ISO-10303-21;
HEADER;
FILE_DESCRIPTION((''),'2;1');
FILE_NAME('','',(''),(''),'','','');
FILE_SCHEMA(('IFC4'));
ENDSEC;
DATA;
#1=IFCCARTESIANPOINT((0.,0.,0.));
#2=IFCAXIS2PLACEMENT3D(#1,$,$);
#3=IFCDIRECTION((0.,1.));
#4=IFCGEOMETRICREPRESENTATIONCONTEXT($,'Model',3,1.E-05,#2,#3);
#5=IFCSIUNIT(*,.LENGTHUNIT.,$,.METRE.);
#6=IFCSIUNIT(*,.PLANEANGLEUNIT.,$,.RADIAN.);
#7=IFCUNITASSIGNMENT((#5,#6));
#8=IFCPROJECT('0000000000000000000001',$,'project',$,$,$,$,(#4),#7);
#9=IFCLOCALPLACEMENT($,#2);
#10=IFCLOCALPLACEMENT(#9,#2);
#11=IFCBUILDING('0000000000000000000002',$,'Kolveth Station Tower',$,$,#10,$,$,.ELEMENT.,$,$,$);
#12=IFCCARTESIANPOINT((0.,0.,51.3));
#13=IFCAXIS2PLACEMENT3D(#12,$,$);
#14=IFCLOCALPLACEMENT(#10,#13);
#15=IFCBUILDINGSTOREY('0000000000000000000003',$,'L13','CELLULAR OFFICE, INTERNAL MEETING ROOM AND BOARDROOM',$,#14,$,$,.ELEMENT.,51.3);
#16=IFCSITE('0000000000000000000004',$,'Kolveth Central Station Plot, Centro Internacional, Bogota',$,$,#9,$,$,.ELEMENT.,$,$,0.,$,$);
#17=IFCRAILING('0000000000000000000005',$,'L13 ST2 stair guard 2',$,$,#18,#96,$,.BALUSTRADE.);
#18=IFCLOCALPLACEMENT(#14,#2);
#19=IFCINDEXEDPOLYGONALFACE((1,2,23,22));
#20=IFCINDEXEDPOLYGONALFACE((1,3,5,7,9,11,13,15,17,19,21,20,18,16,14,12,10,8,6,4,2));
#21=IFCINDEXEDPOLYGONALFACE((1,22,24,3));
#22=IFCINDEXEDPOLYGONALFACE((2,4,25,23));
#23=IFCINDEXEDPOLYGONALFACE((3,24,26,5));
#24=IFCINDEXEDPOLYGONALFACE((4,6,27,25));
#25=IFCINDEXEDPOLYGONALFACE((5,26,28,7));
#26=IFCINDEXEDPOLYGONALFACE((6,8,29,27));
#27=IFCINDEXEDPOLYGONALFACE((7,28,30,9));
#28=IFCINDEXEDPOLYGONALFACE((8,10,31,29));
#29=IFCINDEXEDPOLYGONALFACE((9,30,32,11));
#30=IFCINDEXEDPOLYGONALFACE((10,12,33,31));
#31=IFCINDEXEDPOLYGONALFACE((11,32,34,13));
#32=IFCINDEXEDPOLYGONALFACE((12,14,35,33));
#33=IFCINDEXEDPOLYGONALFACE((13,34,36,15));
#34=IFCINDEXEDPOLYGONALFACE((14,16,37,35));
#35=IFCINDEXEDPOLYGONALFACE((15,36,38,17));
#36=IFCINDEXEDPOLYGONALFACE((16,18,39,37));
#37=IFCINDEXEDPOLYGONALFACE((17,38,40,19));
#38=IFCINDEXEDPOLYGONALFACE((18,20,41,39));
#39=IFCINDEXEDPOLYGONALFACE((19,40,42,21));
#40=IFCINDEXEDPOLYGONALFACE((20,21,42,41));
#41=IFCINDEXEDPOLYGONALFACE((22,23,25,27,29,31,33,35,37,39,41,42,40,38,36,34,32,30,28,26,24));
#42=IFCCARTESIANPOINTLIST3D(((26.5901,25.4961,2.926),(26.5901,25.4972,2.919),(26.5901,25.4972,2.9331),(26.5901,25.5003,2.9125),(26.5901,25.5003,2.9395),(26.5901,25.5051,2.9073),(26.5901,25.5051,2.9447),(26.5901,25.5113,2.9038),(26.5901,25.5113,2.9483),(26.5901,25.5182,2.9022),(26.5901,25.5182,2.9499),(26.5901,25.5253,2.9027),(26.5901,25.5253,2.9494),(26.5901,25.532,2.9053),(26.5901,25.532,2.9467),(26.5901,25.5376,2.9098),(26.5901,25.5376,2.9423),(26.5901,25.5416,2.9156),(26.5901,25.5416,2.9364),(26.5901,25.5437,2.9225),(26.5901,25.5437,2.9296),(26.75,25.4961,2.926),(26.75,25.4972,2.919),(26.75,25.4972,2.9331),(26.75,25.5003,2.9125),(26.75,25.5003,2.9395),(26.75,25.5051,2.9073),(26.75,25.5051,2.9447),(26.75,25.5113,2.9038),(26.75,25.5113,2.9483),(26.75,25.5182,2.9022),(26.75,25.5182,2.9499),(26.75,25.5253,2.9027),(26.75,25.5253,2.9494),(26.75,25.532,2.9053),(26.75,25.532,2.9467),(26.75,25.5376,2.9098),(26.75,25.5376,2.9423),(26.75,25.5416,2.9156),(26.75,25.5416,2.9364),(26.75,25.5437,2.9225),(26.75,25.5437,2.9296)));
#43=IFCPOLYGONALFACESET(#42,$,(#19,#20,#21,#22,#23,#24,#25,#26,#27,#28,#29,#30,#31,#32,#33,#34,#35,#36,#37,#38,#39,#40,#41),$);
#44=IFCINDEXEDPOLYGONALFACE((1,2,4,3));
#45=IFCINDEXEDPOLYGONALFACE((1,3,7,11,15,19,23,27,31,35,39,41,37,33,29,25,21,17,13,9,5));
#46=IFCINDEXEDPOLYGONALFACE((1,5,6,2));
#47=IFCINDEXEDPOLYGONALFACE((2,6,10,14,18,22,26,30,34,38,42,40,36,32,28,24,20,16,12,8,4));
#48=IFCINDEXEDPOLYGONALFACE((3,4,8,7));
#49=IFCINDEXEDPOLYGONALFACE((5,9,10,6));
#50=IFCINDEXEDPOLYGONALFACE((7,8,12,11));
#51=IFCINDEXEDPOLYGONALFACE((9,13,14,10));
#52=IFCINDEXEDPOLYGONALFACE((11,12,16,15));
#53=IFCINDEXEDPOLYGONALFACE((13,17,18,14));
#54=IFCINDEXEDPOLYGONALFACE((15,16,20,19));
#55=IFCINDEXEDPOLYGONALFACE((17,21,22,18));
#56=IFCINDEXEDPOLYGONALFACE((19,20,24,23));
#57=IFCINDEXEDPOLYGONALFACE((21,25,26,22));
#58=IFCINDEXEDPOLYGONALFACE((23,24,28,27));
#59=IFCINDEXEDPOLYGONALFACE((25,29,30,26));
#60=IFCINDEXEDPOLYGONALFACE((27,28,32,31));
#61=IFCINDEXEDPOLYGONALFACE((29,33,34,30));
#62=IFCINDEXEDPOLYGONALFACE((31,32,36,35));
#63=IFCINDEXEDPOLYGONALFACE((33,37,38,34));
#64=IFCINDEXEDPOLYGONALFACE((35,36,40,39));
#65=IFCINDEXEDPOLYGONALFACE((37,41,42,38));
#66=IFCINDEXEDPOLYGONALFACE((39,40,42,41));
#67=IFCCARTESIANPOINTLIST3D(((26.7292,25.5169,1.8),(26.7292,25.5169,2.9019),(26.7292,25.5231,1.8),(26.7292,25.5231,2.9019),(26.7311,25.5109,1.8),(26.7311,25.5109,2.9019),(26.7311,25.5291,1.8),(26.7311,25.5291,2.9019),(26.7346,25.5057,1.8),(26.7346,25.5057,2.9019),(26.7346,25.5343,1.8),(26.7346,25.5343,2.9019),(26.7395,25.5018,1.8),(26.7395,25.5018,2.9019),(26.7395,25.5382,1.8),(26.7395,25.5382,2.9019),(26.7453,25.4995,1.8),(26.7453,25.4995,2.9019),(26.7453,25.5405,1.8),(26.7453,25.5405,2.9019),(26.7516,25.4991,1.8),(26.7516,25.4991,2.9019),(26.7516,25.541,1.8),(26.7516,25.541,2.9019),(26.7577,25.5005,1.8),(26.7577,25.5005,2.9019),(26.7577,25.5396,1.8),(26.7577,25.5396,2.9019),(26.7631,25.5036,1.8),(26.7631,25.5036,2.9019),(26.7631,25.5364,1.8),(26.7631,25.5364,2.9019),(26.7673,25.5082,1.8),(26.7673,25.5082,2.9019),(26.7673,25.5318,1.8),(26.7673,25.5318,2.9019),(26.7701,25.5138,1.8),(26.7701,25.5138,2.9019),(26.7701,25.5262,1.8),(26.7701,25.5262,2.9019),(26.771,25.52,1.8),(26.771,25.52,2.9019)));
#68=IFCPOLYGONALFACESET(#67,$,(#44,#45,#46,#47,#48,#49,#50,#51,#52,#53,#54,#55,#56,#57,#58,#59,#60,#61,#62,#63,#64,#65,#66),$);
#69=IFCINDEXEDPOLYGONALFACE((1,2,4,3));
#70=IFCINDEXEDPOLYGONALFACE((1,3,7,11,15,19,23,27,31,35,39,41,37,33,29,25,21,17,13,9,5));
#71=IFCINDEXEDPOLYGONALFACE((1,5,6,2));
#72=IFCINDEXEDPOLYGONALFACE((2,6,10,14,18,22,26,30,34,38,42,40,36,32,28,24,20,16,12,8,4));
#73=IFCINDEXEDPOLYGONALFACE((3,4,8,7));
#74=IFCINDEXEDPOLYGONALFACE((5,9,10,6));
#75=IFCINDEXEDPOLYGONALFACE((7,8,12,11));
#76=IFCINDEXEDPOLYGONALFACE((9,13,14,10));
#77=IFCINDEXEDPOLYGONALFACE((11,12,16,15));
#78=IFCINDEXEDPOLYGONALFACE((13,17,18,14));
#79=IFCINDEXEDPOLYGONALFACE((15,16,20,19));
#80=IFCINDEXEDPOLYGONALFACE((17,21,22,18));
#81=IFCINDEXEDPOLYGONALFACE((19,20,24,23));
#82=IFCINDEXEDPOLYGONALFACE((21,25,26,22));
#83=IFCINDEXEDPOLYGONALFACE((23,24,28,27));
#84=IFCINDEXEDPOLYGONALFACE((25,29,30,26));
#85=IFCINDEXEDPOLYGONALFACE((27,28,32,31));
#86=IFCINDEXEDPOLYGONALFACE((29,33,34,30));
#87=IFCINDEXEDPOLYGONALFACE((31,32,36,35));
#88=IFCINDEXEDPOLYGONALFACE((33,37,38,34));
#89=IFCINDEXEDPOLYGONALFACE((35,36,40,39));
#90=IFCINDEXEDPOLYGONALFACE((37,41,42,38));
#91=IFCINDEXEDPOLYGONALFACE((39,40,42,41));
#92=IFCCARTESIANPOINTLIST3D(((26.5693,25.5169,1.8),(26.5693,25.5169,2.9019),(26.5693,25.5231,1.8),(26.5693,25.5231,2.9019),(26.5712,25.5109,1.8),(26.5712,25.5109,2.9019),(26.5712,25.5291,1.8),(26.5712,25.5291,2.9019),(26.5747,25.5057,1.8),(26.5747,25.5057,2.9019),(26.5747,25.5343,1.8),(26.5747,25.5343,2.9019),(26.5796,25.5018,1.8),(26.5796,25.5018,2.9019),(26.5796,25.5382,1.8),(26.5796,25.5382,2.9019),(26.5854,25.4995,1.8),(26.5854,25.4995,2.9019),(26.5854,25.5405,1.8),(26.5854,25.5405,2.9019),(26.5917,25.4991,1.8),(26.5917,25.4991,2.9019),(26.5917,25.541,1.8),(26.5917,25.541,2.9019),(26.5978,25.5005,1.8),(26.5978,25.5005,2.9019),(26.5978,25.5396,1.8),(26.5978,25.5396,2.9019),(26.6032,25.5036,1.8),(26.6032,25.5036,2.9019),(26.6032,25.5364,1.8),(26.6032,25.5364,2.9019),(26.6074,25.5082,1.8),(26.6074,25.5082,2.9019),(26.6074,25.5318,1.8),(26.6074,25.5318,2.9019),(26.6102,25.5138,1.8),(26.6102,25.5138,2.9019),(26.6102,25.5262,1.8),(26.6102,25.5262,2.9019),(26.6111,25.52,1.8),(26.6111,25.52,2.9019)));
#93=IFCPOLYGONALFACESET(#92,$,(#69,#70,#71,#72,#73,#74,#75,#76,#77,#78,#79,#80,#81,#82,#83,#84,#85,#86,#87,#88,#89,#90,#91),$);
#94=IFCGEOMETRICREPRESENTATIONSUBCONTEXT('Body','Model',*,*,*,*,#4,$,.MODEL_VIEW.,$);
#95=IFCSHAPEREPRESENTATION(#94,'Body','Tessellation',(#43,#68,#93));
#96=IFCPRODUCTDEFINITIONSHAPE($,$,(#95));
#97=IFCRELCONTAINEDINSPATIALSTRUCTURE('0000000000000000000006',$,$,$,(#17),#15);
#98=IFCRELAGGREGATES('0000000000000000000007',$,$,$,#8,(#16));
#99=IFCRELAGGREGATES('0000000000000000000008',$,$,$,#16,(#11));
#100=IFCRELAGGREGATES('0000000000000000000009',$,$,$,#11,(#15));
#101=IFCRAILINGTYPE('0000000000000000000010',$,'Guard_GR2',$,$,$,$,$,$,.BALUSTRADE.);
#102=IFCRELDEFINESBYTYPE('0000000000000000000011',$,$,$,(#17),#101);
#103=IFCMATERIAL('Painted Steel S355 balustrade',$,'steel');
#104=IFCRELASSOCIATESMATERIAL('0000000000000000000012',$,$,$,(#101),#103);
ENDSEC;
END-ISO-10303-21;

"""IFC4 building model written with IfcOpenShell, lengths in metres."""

from ifc_helpers import new_model, si_unit, direction, frame, origin, origin_2d, place, context, subcontext, project, spatial, circle, extrude, material, type_object, element, save


model = new_model("IFC4")

# Units and contexts
model_context = context("Model", 3, precision=1e-05, world=origin(), true_north=direction((0.0, 1.0)))
body_context = subcontext(model_context, "Body", "Model", "MODEL_VIEW")
ifc_project = project(units=[si_unit("LENGTHUNIT", "METRE"), si_unit("PLANEANGLEUNIT", "RADIAN")], contexts=[model_context])

# Site, building, storey
site_placement = place(None, origin())
site = spatial("IfcSite", under=ifc_project, at=site_placement, Name="Kolveth Central Station Plot, Centro Internacional, Bogota", CompositionType="ELEMENT", RefElevation=0.0)
building_placement = place(site_placement, origin())
building = spatial("IfcBuilding", under=site, at=building_placement, Name="Kolveth Station Tower", CompositionType="ELEMENT")
storey_placement = place(building_placement, frame((0.0, 0.0, 51.3)))
storey = spatial("IfcBuildingStorey", under=building, at=storey_placement, Name="L13", Description="CELLULAR OFFICE, INTERNAL MEETING ROOM AND BOARDROOM", CompositionType="ELEMENT", Elevation=51.3)

# Railing
ifc_material_1 = material(Name="Painted Steel S355 balustrade", Category="steel")
railing_type_1 = type_object("IfcRailingType", Name="Guard_GR2", PredefinedType="BALUSTRADE", material=ifc_material_1)
railing_1_placement = place(storey_placement, frame((26.75, 25.52, 1.8)))
element("IfcRailing", 1, at=railing_1_placement, inside=storey, type_object=railing_type_1, Name="L13 ST2 stair guard 2", PredefinedType="BALUSTRADE", context=body_context, shape_type="SweptSolid", body=[
    extrude(circle(Radius=0.0239, at=origin_2d()), frame((0.0, 0.0, 1.126), z_axis=(-1.0, 0.0, 0.0), x_axis=(0.0, -1.0, 0.0)), (0.0, 0.0, 1.0), 0.1599),
    extrude(circle(Radius=0.021, at=origin_2d()), origin(), (0.0, 0.0, 1.0), 1.1018),
    extrude(circle(Radius=0.021, at=origin_2d()), frame((-0.1599, 0.0, 0.0)), (0.0, 0.0, 1.0), 1.1018),
])

save(model, "model.ifc")
